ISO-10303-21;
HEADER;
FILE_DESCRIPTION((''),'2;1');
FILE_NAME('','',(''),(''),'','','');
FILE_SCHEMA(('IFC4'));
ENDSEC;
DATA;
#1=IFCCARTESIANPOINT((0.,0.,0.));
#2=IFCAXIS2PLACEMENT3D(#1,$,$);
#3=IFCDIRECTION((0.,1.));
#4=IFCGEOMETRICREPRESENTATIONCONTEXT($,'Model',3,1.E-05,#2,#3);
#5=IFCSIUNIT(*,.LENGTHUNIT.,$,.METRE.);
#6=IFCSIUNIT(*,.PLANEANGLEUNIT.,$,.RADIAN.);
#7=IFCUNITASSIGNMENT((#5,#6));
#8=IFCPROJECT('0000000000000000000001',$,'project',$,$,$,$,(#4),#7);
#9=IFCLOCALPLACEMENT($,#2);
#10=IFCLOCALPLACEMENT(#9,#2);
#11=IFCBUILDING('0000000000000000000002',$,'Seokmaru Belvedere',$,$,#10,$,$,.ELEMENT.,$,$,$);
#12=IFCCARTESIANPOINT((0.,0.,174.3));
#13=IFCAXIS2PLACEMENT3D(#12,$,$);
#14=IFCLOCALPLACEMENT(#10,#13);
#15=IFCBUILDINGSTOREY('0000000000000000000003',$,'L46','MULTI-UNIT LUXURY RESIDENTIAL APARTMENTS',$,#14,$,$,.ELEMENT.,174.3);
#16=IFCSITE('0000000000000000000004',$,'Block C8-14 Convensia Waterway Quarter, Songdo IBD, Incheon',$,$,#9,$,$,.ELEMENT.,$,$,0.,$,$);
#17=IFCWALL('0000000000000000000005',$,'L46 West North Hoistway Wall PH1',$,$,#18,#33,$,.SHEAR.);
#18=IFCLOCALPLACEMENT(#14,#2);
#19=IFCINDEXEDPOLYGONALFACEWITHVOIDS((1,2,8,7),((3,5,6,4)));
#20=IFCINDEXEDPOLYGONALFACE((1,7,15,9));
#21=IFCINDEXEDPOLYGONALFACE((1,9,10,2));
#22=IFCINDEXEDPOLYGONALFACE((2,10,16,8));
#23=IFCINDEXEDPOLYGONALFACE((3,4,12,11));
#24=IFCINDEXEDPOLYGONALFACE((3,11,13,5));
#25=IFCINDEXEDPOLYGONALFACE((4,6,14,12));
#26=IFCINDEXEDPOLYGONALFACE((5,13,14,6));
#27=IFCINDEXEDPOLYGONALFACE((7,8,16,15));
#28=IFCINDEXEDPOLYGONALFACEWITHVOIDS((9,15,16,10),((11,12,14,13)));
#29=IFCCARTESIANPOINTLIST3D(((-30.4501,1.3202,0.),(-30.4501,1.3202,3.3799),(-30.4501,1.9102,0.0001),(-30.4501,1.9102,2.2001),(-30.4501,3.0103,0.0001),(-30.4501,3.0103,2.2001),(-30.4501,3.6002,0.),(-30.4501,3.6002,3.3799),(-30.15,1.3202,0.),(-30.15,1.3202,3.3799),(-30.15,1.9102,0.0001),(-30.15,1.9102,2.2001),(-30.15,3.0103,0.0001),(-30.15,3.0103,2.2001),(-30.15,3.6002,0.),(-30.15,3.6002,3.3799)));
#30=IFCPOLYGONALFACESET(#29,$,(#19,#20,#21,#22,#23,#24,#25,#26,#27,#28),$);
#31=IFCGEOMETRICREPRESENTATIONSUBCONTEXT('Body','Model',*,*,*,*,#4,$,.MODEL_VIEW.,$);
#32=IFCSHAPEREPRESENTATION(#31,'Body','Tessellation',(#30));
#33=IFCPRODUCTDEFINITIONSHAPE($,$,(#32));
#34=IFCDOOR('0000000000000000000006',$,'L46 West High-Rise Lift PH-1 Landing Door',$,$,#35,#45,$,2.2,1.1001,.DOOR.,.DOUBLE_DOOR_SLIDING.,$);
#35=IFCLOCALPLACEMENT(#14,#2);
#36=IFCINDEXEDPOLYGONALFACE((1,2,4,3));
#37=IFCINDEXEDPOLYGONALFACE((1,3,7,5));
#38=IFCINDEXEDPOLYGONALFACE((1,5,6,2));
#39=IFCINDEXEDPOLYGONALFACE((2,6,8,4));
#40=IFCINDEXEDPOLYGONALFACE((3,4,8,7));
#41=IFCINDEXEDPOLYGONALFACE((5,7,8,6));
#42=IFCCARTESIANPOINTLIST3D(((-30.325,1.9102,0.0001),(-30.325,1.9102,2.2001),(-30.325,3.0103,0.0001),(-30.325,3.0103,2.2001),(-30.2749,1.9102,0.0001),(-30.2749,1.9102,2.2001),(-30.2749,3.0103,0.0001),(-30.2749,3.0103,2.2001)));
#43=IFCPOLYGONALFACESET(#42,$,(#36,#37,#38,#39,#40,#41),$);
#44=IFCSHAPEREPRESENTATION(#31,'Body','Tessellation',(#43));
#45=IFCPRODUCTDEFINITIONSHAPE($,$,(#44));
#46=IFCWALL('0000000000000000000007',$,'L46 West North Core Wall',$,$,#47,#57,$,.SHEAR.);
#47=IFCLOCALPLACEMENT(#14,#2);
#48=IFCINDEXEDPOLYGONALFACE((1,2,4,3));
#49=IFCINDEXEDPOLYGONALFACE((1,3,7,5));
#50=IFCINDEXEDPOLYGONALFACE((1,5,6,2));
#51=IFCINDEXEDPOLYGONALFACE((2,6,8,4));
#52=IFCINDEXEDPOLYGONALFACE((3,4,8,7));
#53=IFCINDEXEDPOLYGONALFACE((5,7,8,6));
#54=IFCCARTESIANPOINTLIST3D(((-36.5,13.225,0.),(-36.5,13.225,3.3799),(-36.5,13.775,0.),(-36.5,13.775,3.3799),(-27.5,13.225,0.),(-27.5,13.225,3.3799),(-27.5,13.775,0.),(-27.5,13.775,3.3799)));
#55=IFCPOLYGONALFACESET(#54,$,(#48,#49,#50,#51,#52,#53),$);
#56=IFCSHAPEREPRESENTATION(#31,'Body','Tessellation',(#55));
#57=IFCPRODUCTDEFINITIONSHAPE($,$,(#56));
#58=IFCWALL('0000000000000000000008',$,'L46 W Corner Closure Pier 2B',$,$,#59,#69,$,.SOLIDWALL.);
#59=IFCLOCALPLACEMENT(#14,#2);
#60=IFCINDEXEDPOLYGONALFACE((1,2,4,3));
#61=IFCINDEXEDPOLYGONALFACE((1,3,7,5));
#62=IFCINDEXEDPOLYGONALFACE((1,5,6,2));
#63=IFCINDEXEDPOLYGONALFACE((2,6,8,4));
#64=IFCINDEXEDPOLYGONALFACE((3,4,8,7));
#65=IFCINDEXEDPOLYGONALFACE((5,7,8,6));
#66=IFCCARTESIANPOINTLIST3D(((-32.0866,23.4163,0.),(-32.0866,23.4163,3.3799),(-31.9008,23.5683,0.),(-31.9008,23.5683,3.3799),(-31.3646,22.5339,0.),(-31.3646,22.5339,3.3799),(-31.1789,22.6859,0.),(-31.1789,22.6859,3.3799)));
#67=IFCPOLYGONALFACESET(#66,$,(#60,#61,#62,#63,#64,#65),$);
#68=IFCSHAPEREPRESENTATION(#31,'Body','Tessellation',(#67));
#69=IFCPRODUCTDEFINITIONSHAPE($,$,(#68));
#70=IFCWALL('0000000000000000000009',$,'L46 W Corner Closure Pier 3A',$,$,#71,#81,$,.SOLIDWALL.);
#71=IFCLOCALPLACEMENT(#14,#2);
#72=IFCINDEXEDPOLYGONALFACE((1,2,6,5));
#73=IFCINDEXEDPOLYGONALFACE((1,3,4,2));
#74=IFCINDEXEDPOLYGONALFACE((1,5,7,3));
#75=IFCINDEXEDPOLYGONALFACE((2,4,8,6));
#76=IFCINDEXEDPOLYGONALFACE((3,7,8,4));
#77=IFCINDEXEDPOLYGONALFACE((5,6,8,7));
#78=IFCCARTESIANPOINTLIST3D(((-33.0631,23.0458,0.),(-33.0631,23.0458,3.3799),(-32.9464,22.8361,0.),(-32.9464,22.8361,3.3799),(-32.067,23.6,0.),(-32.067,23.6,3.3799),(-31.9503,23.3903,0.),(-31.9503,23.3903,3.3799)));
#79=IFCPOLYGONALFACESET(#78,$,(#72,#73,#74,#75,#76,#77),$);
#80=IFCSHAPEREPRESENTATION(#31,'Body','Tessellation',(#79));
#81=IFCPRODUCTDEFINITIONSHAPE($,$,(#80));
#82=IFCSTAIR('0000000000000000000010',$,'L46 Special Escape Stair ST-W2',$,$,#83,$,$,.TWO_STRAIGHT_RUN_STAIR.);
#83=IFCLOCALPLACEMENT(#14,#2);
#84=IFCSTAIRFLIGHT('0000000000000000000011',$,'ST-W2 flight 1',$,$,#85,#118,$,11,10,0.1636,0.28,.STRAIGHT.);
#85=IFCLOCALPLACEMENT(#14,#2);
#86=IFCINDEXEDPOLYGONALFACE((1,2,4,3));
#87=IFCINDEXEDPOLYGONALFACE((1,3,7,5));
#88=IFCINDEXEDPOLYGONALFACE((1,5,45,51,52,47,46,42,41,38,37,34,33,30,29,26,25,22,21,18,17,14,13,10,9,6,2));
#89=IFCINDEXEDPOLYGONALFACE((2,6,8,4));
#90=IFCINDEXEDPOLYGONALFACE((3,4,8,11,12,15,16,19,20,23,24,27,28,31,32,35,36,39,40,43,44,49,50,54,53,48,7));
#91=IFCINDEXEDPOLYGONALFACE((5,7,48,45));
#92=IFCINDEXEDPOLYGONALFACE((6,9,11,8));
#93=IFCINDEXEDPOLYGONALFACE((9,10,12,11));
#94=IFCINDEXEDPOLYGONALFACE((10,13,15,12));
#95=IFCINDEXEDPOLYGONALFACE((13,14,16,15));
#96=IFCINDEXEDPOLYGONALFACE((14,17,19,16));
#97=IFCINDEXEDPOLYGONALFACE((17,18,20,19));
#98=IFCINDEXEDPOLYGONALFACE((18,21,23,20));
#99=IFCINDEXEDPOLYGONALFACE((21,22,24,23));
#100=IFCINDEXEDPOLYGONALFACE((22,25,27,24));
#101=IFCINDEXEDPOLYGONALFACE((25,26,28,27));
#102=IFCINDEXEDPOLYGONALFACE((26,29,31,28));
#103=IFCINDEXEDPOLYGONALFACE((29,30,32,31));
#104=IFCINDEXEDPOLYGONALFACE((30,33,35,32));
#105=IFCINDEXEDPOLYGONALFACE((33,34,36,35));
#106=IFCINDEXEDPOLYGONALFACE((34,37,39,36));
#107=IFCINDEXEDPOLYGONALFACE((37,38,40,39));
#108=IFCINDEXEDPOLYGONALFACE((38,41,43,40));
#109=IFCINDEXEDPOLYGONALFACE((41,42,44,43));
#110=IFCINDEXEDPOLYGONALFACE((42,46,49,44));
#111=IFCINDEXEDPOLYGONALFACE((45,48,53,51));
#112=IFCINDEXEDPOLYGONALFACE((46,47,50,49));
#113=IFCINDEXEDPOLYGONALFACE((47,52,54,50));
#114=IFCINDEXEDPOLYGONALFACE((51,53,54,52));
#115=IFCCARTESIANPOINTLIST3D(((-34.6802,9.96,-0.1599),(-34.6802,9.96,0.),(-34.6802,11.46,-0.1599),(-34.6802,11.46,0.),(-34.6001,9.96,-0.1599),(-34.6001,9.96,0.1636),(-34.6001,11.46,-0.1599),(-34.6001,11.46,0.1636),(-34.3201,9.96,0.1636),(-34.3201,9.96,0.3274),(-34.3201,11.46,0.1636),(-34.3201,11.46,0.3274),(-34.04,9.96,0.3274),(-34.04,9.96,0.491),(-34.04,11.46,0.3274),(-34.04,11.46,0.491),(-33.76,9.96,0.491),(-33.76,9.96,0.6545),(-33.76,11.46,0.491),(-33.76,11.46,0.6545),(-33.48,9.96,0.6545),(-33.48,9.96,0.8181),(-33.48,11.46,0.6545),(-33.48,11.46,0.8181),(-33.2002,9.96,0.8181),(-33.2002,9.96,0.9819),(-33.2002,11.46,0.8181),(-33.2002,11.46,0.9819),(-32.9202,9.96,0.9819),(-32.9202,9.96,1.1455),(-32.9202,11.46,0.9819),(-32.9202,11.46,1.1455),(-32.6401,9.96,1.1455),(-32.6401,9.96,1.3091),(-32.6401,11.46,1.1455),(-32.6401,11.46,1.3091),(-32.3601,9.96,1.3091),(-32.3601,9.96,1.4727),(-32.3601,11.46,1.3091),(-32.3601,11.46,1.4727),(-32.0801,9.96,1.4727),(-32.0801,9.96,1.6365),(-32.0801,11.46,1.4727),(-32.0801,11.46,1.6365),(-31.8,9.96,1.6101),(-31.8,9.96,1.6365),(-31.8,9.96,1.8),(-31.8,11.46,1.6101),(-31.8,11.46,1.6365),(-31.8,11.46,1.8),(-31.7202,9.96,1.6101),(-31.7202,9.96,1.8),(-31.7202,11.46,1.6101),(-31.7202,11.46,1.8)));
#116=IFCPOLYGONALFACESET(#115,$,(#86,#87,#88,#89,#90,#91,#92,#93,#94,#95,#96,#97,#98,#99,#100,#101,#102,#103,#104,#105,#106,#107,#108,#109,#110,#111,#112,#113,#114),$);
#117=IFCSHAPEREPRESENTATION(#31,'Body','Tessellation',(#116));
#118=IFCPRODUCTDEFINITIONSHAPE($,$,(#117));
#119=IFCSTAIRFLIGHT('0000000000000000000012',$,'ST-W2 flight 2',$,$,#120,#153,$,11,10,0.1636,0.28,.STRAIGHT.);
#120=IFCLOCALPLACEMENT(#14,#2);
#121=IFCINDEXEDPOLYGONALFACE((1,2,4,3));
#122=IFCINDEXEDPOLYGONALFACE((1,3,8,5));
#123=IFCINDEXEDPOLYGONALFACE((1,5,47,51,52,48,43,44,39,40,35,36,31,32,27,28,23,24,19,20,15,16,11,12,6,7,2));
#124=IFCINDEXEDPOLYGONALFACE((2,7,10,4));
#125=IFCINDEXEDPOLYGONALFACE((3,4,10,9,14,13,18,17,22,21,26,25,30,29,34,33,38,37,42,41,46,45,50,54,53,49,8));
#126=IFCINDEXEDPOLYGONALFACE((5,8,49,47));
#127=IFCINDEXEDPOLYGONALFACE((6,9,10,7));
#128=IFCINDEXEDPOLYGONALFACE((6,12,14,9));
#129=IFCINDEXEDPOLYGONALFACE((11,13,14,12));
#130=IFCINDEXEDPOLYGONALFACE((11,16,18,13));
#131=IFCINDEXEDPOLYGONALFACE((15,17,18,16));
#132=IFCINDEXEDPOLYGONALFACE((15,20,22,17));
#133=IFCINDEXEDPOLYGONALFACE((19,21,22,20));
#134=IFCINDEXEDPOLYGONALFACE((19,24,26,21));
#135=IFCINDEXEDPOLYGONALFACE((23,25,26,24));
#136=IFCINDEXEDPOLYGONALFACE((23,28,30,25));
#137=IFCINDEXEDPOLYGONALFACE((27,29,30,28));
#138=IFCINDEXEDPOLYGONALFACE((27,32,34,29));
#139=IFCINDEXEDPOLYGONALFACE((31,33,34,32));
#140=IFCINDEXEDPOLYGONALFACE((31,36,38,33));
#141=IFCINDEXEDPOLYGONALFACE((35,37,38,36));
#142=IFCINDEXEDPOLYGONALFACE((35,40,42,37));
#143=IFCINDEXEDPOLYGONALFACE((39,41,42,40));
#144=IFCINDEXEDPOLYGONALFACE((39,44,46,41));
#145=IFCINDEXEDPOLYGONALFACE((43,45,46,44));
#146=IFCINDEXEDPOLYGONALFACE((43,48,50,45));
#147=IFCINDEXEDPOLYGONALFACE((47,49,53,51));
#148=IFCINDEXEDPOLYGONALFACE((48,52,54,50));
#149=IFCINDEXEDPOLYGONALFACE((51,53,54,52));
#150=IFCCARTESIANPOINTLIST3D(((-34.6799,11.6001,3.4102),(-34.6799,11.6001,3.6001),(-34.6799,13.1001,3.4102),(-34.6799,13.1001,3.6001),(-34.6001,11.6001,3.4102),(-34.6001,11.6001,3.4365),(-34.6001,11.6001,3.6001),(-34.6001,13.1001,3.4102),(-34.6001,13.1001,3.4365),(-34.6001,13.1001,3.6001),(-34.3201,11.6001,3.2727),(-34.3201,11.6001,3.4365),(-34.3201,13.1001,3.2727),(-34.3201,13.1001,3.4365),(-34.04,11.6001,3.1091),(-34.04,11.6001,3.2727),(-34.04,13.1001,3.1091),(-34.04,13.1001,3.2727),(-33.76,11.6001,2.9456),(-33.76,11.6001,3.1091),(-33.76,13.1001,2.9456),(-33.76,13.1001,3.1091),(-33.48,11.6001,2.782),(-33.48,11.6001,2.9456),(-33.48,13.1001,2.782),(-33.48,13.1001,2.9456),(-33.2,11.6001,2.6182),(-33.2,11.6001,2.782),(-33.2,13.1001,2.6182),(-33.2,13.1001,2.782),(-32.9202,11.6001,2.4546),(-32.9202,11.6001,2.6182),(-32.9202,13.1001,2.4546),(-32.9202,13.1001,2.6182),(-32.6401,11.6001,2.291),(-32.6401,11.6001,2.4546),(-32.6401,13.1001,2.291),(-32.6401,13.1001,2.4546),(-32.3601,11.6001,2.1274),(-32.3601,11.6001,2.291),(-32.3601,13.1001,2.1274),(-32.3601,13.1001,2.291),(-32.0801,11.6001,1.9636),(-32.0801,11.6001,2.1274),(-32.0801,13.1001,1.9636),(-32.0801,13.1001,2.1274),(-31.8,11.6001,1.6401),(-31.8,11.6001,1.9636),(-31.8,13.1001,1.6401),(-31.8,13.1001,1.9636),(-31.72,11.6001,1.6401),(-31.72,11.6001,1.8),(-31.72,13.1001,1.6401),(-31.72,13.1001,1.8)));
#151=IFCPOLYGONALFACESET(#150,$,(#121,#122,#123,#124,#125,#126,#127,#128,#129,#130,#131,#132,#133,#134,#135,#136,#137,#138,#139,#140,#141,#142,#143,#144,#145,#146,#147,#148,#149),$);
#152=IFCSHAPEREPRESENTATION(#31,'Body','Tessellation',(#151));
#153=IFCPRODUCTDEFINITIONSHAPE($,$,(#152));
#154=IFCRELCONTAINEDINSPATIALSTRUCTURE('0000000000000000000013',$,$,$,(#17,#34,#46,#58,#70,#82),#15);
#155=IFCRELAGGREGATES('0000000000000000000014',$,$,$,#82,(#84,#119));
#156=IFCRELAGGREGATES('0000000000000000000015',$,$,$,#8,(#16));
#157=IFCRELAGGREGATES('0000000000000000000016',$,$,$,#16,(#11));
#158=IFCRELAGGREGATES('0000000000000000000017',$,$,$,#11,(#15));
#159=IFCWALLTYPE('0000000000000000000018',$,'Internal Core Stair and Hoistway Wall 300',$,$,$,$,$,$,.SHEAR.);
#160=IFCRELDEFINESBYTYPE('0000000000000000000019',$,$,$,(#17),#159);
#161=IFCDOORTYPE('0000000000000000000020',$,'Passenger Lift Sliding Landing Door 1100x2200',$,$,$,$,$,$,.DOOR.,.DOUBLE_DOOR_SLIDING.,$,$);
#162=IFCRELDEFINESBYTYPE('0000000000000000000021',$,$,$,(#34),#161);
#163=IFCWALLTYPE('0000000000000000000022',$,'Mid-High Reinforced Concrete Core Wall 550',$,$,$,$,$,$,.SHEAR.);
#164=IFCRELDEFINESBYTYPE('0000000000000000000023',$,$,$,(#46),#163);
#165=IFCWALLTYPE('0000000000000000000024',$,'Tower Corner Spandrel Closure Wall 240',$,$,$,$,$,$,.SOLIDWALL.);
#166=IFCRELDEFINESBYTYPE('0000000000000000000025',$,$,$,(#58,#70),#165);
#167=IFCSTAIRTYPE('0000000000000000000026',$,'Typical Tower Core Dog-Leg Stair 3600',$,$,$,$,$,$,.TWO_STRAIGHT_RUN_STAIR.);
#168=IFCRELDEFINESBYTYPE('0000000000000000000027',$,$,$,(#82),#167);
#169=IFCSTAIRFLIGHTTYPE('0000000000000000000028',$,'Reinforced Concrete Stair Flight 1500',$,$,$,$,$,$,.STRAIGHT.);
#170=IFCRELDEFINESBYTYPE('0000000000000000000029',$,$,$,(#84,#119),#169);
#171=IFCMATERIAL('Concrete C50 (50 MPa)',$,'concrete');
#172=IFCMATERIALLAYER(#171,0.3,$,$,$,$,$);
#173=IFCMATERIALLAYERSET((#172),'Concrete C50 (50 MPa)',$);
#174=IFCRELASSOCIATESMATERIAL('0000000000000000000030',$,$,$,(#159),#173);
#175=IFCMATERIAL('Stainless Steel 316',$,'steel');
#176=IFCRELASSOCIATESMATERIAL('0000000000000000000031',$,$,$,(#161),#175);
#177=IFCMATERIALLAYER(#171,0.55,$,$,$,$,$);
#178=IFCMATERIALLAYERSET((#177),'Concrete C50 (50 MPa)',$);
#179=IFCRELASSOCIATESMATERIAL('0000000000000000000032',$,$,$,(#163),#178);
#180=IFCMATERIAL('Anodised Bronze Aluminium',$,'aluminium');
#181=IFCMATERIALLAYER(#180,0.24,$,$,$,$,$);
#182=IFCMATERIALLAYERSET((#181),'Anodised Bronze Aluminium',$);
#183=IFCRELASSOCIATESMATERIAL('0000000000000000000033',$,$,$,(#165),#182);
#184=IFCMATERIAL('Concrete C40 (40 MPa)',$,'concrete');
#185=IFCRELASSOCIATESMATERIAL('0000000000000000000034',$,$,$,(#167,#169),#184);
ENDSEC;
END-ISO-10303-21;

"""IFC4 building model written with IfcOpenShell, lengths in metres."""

from ifc_helpers import new_model, si_unit, direction, frame, frame_2d, origin, place, context, subcontext, project, spatial, polyline, rectangle, outline, extrude, source, transform, mapped, material, layer, layer_set, type_object, type_shapes, element, fill, aggregate, save


model = new_model("IFC4")

# Units and contexts
model_context = context("Model", 3, precision=1e-05, world=origin(), true_north=direction((0.0, 1.0)))
body_context = subcontext(model_context, "Body", "Model", "MODEL_VIEW")
ifc_project = project(units=[si_unit("LENGTHUNIT", "METRE"), si_unit("PLANEANGLEUNIT", "RADIAN")], contexts=[model_context])

# Site, building, storey
site_placement = place(None, origin())
site = spatial("IfcSite", under=ifc_project, at=site_placement, Name="Block C8-14 Convensia Waterway Quarter, Songdo IBD, Incheon", CompositionType="ELEMENT", RefElevation=0.0)
building_placement = place(site_placement, origin())
building = spatial("IfcBuilding", under=site, at=building_placement, Name="Seokmaru Belvedere", CompositionType="ELEMENT")
storey_placement = place(building_placement, frame((0.0, 0.0, 174.3)))
storey = spatial("IfcBuildingStorey", under=building, at=storey_placement, Name="L46", Description="MULTI-UNIT LUXURY RESIDENTIAL APARTMENTS", CompositionType="ELEMENT", Elevation=174.3)

# Shared definitions
ifc_material_1 = material(Name="Anodised Bronze Aluminium", Category="aluminium")

# Shared definitions
ifc_material_2 = material(Name="Concrete C50 (50 MPa)", Category="concrete")

# Wall, opening, door
ifc_layer_1 = layer(ifc_material_2, 0.3)
ifc_layer_set_1 = layer_set([ifc_layer_1], Name="Concrete C50 (50 MPa)")
wall_type_1 = type_object("IfcWallType", Name="Internal Core Stair and Hoistway Wall 300", PredefinedType="SHEAR", material=ifc_layer_set_1)
wall_1_placement = place(storey_placement, frame((-30.3, 1.3201, 0.0), z_axis=(0.0, 0.0, 1.0), x_axis=(0.0, 1.0, 0.0)))
wall_1 = element("IfcWall", 1, at=wall_1_placement, inside=storey, type_object=wall_type_1, Name="L46 West North Hoistway Wall PH1", PredefinedType="SHEAR", context=body_context, shape_type="SweptSolid", body=[
    extrude(rectangle(XDim=2.28, YDim=0.3, at=frame_2d((1.1401, 0.0))), origin(), (0.0, 0.0, 1.0), 3.3799),
])
opening_1_placement = place(wall_1_placement, frame((0.5901, 0.0, 0.0)))
opening_1 = element("IfcOpeningElement", 2, at=opening_1_placement, cuts=wall_1, PredefinedType="OPENING", context=body_context, shape_type="SweptSolid", body=[
    extrude(rectangle(XDim=1.1001, YDim=2.2, at=frame_2d((0.55, 1.1001))), frame((0.0, 0.1602, 0.0), z_axis=(0.0, -1.0, 0.0), x_axis=(1.0, 0.0, 0.0)), (0.0, 0.0, 1.0), 0.3201),
])
ifc_material_3 = material(Name="Stainless Steel 316", Category="steel")
door_type_1 = type_object("IfcDoorType", Name="Passenger Lift Sliding Landing Door 1100x2200", OperationType="DOUBLE_DOOR_SLIDING", PredefinedType="DOOR", material=ifc_material_3)
shared_shape_1 = source(origin(), body_context, "Body", "SweptSolid", [
    extrude(rectangle(XDim=1.1001, YDim=2.2, at=frame_2d((0.55, 1.1001))), frame((0.0, 0.0249, 0.0), z_axis=(0.0, -1.0, 0.0), x_axis=(1.0, 0.0, 0.0)), (0.0, 0.0, 1.0), 0.05),
])
type_shapes(door_type_1, [shared_shape_1])
door_1_placement = place(opening_1_placement, origin())
door_1 = element("IfcDoor", 3, at=door_1_placement, inside=storey, type_object=door_type_1, Name="L46 West High-Rise Lift PH-1 Landing Door", OperationType="DOUBLE_DOOR_SLIDING", OverallHeight=2.2, OverallWidth=1.1001, PredefinedType="DOOR", context=body_context, shape_type="MappedRepresentation", body=[
    mapped(shared_shape_1, transform((0.0, 0.0, 0.0), scale=1.0)),
])
fill(opening_1, door_1)

# Wall
ifc_layer_2 = layer(ifc_material_2, 0.55)
ifc_layer_set_2 = layer_set([ifc_layer_2], Name="Concrete C50 (50 MPa)")
wall_type_2 = type_object("IfcWallType", Name="Mid-High Reinforced Concrete Core Wall 550", PredefinedType="SHEAR", material=ifc_layer_set_2)
wall_2_placement = place(storey_placement, frame((-36.5, 13.5, 0.0), z_axis=(0.0, 0.0, 1.0), x_axis=(1.0, 0.0, 0.0)))
element("IfcWall", 4, at=wall_2_placement, inside=storey, type_object=wall_type_2, Name="L46 West North Core Wall", PredefinedType="SHEAR", context=body_context, shape_type="SweptSolid", body=[
    extrude(rectangle(XDim=9.0, YDim=0.55, at=frame_2d((4.5, 0.0))), origin(), (0.0, 0.0, 1.0), 3.3799),
])

# Walls
ifc_layer_3 = layer(ifc_material_1, 0.24)
ifc_layer_set_3 = layer_set([ifc_layer_3], Name="Anodised Bronze Aluminium")
wall_type_3 = type_object("IfcWallType", Name="Tower Corner Spandrel Closure Wall 240", PredefinedType="SOLIDWALL", material=ifc_layer_set_3)
wall_3_placement = place(storey_placement, frame((-31.2717, 22.6099, 0.0), z_axis=(0.0, 0.0, 1.0), x_axis=(-0.633249, 0.773948, 0.0)))
element("IfcWall", 5, at=wall_3_placement, inside=storey, type_object=wall_type_3, Name="L46 W Corner Closure Pier 2B", PredefinedType="SOLIDWALL", context=body_context, shape_type="SweptSolid", body=[
    extrude(rectangle(XDim=1.1401, YDim=0.24, at=frame_2d((0.5701, 0.0))), origin(), (0.0, 0.0, 1.0), 3.3799),
])
wall_4_placement = place(storey_placement, frame((-32.0088, 23.4951, 0.0), z_axis=(0.0, 0.0, 1.0), x_axis=(-0.873854, -0.486188, 0.0)))
element("IfcWall", 6, at=wall_4_placement, inside=storey, type_object=wall_type_3, Name="L46 W Corner Closure Pier 3A", PredefinedType="SOLIDWALL", context=body_context, shape_type="SweptSolid", body=[
    extrude(rectangle(XDim=1.1399, YDim=0.24, at=frame_2d((0.5698, 0.0))), origin(), (0.0, 0.0, 1.0), 3.3799),
])

# Stair, stair flights
ifc_material_4 = material(Name="Concrete C40 (40 MPa)", Category="concrete")
stair_type = type_object("IfcStairType", Name="Typical Tower Core Dog-Leg Stair 3600", PredefinedType="TWO_STRAIGHT_RUN_STAIR", material=ifc_material_4)
stair_placement = place(storey_placement, origin())
stair = element("IfcStair", 7, at=stair_placement, inside=storey, type_object=stair_type, Name="L46 Special Escape Stair ST-W2", PredefinedType="TWO_STRAIGHT_RUN_STAIR")
stair_flight_type = type_object("IfcStairFlightType", Name="Reinforced Concrete Stair Flight 1500", PredefinedType="STRAIGHT", material=ifc_material_4)
stair_flight_1_placement = place(storey_placement, frame((-34.6001, 10.71, 0.0), z_axis=(0.0, 0.0, 1.0), x_axis=(1.0, 0.0, 0.0)))
stair_flight_1 = element("IfcStairFlight", 8, at=stair_flight_1_placement, type_object=stair_flight_type, Name="ST-W2 flight 1", NumberOfRisers=11, NumberOfTreads=10, PredefinedType="STRAIGHT", RiserHeight=0.1636, TreadLength=0.28, context=body_context, shape_type="SweptSolid", body=[
    extrude(outline(polyline([(-0.0801, 0.0), (0.0, 0.1636), (0.28, 0.1636), (0.28, 0.3274), (0.5601, 0.3274), (0.5601, 0.491), (0.8401, 0.491), (0.8401, 0.6545), (1.1201, 0.6545), (1.1201, 0.8181), (1.3999, 0.8181), (1.3999, 0.9819), (1.6799, 0.9819), (1.6799, 1.1455), (1.96, 1.1455), (1.96, 1.3091), (2.24, 1.3091), (2.24, 1.4727), (2.52, 1.4727), (2.52, 1.6365), (2.8, 1.6365), (2.8, 1.8), (2.8799, 1.8), (2.8799, 1.6101), (2.8, 1.6101), (0.0, -0.1599), (-0.0801, -0.1599), (-0.0801, 0.0)])), frame((0.0, 0.75, 0.0), z_axis=(0.0, -1.0, 0.0), x_axis=(1.0, 0.0, 0.0)), (0.0, 0.0, 1.0), 1.5),
])
stair_flight_2_placement = place(storey_placement, frame((-31.8, 12.3501, 1.8), z_axis=(0.0, 0.0, 1.0), x_axis=(-1.0, 0.0, 0.0)))
stair_flight_2 = element("IfcStairFlight", 9, at=stair_flight_2_placement, type_object=stair_flight_type, Name="ST-W2 flight 2", NumberOfRisers=11, NumberOfTreads=10, PredefinedType="STRAIGHT", RiserHeight=0.1636, TreadLength=0.28, context=body_context, shape_type="SweptSolid", body=[
    extrude(outline(polyline([(-0.0801, 0.0), (0.0, 0.1636), (0.28, 0.1636), (0.28, 0.3274), (0.5601, 0.3274), (0.5601, 0.491), (0.8401, 0.491), (0.8401, 0.6545), (1.1201, 0.6545), (1.1201, 0.8181), (1.3999, 0.8181), (1.3999, 0.9819), (1.6799, 0.9819), (1.6799, 1.1455), (1.96, 1.1455), (1.96, 1.3091), (2.24, 1.3091), (2.24, 1.4727), (2.52, 1.4727), (2.52, 1.6365), (2.8, 1.6365), (2.8, 1.8), (2.8799, 1.8), (2.8799, 1.6101), (2.8, 1.6101), (0.0, -0.1599), (-0.0801, -0.1599), (-0.0801, 0.0)])), frame((0.0, 0.75, 0.0), z_axis=(0.0, -1.0, 0.0), x_axis=(1.0, 0.0, 0.0)), (0.0, 0.0, 1.0), 1.5),
])
aggregate(stair, [stair_flight_1, stair_flight_2])

save(model, "model.ifc")
